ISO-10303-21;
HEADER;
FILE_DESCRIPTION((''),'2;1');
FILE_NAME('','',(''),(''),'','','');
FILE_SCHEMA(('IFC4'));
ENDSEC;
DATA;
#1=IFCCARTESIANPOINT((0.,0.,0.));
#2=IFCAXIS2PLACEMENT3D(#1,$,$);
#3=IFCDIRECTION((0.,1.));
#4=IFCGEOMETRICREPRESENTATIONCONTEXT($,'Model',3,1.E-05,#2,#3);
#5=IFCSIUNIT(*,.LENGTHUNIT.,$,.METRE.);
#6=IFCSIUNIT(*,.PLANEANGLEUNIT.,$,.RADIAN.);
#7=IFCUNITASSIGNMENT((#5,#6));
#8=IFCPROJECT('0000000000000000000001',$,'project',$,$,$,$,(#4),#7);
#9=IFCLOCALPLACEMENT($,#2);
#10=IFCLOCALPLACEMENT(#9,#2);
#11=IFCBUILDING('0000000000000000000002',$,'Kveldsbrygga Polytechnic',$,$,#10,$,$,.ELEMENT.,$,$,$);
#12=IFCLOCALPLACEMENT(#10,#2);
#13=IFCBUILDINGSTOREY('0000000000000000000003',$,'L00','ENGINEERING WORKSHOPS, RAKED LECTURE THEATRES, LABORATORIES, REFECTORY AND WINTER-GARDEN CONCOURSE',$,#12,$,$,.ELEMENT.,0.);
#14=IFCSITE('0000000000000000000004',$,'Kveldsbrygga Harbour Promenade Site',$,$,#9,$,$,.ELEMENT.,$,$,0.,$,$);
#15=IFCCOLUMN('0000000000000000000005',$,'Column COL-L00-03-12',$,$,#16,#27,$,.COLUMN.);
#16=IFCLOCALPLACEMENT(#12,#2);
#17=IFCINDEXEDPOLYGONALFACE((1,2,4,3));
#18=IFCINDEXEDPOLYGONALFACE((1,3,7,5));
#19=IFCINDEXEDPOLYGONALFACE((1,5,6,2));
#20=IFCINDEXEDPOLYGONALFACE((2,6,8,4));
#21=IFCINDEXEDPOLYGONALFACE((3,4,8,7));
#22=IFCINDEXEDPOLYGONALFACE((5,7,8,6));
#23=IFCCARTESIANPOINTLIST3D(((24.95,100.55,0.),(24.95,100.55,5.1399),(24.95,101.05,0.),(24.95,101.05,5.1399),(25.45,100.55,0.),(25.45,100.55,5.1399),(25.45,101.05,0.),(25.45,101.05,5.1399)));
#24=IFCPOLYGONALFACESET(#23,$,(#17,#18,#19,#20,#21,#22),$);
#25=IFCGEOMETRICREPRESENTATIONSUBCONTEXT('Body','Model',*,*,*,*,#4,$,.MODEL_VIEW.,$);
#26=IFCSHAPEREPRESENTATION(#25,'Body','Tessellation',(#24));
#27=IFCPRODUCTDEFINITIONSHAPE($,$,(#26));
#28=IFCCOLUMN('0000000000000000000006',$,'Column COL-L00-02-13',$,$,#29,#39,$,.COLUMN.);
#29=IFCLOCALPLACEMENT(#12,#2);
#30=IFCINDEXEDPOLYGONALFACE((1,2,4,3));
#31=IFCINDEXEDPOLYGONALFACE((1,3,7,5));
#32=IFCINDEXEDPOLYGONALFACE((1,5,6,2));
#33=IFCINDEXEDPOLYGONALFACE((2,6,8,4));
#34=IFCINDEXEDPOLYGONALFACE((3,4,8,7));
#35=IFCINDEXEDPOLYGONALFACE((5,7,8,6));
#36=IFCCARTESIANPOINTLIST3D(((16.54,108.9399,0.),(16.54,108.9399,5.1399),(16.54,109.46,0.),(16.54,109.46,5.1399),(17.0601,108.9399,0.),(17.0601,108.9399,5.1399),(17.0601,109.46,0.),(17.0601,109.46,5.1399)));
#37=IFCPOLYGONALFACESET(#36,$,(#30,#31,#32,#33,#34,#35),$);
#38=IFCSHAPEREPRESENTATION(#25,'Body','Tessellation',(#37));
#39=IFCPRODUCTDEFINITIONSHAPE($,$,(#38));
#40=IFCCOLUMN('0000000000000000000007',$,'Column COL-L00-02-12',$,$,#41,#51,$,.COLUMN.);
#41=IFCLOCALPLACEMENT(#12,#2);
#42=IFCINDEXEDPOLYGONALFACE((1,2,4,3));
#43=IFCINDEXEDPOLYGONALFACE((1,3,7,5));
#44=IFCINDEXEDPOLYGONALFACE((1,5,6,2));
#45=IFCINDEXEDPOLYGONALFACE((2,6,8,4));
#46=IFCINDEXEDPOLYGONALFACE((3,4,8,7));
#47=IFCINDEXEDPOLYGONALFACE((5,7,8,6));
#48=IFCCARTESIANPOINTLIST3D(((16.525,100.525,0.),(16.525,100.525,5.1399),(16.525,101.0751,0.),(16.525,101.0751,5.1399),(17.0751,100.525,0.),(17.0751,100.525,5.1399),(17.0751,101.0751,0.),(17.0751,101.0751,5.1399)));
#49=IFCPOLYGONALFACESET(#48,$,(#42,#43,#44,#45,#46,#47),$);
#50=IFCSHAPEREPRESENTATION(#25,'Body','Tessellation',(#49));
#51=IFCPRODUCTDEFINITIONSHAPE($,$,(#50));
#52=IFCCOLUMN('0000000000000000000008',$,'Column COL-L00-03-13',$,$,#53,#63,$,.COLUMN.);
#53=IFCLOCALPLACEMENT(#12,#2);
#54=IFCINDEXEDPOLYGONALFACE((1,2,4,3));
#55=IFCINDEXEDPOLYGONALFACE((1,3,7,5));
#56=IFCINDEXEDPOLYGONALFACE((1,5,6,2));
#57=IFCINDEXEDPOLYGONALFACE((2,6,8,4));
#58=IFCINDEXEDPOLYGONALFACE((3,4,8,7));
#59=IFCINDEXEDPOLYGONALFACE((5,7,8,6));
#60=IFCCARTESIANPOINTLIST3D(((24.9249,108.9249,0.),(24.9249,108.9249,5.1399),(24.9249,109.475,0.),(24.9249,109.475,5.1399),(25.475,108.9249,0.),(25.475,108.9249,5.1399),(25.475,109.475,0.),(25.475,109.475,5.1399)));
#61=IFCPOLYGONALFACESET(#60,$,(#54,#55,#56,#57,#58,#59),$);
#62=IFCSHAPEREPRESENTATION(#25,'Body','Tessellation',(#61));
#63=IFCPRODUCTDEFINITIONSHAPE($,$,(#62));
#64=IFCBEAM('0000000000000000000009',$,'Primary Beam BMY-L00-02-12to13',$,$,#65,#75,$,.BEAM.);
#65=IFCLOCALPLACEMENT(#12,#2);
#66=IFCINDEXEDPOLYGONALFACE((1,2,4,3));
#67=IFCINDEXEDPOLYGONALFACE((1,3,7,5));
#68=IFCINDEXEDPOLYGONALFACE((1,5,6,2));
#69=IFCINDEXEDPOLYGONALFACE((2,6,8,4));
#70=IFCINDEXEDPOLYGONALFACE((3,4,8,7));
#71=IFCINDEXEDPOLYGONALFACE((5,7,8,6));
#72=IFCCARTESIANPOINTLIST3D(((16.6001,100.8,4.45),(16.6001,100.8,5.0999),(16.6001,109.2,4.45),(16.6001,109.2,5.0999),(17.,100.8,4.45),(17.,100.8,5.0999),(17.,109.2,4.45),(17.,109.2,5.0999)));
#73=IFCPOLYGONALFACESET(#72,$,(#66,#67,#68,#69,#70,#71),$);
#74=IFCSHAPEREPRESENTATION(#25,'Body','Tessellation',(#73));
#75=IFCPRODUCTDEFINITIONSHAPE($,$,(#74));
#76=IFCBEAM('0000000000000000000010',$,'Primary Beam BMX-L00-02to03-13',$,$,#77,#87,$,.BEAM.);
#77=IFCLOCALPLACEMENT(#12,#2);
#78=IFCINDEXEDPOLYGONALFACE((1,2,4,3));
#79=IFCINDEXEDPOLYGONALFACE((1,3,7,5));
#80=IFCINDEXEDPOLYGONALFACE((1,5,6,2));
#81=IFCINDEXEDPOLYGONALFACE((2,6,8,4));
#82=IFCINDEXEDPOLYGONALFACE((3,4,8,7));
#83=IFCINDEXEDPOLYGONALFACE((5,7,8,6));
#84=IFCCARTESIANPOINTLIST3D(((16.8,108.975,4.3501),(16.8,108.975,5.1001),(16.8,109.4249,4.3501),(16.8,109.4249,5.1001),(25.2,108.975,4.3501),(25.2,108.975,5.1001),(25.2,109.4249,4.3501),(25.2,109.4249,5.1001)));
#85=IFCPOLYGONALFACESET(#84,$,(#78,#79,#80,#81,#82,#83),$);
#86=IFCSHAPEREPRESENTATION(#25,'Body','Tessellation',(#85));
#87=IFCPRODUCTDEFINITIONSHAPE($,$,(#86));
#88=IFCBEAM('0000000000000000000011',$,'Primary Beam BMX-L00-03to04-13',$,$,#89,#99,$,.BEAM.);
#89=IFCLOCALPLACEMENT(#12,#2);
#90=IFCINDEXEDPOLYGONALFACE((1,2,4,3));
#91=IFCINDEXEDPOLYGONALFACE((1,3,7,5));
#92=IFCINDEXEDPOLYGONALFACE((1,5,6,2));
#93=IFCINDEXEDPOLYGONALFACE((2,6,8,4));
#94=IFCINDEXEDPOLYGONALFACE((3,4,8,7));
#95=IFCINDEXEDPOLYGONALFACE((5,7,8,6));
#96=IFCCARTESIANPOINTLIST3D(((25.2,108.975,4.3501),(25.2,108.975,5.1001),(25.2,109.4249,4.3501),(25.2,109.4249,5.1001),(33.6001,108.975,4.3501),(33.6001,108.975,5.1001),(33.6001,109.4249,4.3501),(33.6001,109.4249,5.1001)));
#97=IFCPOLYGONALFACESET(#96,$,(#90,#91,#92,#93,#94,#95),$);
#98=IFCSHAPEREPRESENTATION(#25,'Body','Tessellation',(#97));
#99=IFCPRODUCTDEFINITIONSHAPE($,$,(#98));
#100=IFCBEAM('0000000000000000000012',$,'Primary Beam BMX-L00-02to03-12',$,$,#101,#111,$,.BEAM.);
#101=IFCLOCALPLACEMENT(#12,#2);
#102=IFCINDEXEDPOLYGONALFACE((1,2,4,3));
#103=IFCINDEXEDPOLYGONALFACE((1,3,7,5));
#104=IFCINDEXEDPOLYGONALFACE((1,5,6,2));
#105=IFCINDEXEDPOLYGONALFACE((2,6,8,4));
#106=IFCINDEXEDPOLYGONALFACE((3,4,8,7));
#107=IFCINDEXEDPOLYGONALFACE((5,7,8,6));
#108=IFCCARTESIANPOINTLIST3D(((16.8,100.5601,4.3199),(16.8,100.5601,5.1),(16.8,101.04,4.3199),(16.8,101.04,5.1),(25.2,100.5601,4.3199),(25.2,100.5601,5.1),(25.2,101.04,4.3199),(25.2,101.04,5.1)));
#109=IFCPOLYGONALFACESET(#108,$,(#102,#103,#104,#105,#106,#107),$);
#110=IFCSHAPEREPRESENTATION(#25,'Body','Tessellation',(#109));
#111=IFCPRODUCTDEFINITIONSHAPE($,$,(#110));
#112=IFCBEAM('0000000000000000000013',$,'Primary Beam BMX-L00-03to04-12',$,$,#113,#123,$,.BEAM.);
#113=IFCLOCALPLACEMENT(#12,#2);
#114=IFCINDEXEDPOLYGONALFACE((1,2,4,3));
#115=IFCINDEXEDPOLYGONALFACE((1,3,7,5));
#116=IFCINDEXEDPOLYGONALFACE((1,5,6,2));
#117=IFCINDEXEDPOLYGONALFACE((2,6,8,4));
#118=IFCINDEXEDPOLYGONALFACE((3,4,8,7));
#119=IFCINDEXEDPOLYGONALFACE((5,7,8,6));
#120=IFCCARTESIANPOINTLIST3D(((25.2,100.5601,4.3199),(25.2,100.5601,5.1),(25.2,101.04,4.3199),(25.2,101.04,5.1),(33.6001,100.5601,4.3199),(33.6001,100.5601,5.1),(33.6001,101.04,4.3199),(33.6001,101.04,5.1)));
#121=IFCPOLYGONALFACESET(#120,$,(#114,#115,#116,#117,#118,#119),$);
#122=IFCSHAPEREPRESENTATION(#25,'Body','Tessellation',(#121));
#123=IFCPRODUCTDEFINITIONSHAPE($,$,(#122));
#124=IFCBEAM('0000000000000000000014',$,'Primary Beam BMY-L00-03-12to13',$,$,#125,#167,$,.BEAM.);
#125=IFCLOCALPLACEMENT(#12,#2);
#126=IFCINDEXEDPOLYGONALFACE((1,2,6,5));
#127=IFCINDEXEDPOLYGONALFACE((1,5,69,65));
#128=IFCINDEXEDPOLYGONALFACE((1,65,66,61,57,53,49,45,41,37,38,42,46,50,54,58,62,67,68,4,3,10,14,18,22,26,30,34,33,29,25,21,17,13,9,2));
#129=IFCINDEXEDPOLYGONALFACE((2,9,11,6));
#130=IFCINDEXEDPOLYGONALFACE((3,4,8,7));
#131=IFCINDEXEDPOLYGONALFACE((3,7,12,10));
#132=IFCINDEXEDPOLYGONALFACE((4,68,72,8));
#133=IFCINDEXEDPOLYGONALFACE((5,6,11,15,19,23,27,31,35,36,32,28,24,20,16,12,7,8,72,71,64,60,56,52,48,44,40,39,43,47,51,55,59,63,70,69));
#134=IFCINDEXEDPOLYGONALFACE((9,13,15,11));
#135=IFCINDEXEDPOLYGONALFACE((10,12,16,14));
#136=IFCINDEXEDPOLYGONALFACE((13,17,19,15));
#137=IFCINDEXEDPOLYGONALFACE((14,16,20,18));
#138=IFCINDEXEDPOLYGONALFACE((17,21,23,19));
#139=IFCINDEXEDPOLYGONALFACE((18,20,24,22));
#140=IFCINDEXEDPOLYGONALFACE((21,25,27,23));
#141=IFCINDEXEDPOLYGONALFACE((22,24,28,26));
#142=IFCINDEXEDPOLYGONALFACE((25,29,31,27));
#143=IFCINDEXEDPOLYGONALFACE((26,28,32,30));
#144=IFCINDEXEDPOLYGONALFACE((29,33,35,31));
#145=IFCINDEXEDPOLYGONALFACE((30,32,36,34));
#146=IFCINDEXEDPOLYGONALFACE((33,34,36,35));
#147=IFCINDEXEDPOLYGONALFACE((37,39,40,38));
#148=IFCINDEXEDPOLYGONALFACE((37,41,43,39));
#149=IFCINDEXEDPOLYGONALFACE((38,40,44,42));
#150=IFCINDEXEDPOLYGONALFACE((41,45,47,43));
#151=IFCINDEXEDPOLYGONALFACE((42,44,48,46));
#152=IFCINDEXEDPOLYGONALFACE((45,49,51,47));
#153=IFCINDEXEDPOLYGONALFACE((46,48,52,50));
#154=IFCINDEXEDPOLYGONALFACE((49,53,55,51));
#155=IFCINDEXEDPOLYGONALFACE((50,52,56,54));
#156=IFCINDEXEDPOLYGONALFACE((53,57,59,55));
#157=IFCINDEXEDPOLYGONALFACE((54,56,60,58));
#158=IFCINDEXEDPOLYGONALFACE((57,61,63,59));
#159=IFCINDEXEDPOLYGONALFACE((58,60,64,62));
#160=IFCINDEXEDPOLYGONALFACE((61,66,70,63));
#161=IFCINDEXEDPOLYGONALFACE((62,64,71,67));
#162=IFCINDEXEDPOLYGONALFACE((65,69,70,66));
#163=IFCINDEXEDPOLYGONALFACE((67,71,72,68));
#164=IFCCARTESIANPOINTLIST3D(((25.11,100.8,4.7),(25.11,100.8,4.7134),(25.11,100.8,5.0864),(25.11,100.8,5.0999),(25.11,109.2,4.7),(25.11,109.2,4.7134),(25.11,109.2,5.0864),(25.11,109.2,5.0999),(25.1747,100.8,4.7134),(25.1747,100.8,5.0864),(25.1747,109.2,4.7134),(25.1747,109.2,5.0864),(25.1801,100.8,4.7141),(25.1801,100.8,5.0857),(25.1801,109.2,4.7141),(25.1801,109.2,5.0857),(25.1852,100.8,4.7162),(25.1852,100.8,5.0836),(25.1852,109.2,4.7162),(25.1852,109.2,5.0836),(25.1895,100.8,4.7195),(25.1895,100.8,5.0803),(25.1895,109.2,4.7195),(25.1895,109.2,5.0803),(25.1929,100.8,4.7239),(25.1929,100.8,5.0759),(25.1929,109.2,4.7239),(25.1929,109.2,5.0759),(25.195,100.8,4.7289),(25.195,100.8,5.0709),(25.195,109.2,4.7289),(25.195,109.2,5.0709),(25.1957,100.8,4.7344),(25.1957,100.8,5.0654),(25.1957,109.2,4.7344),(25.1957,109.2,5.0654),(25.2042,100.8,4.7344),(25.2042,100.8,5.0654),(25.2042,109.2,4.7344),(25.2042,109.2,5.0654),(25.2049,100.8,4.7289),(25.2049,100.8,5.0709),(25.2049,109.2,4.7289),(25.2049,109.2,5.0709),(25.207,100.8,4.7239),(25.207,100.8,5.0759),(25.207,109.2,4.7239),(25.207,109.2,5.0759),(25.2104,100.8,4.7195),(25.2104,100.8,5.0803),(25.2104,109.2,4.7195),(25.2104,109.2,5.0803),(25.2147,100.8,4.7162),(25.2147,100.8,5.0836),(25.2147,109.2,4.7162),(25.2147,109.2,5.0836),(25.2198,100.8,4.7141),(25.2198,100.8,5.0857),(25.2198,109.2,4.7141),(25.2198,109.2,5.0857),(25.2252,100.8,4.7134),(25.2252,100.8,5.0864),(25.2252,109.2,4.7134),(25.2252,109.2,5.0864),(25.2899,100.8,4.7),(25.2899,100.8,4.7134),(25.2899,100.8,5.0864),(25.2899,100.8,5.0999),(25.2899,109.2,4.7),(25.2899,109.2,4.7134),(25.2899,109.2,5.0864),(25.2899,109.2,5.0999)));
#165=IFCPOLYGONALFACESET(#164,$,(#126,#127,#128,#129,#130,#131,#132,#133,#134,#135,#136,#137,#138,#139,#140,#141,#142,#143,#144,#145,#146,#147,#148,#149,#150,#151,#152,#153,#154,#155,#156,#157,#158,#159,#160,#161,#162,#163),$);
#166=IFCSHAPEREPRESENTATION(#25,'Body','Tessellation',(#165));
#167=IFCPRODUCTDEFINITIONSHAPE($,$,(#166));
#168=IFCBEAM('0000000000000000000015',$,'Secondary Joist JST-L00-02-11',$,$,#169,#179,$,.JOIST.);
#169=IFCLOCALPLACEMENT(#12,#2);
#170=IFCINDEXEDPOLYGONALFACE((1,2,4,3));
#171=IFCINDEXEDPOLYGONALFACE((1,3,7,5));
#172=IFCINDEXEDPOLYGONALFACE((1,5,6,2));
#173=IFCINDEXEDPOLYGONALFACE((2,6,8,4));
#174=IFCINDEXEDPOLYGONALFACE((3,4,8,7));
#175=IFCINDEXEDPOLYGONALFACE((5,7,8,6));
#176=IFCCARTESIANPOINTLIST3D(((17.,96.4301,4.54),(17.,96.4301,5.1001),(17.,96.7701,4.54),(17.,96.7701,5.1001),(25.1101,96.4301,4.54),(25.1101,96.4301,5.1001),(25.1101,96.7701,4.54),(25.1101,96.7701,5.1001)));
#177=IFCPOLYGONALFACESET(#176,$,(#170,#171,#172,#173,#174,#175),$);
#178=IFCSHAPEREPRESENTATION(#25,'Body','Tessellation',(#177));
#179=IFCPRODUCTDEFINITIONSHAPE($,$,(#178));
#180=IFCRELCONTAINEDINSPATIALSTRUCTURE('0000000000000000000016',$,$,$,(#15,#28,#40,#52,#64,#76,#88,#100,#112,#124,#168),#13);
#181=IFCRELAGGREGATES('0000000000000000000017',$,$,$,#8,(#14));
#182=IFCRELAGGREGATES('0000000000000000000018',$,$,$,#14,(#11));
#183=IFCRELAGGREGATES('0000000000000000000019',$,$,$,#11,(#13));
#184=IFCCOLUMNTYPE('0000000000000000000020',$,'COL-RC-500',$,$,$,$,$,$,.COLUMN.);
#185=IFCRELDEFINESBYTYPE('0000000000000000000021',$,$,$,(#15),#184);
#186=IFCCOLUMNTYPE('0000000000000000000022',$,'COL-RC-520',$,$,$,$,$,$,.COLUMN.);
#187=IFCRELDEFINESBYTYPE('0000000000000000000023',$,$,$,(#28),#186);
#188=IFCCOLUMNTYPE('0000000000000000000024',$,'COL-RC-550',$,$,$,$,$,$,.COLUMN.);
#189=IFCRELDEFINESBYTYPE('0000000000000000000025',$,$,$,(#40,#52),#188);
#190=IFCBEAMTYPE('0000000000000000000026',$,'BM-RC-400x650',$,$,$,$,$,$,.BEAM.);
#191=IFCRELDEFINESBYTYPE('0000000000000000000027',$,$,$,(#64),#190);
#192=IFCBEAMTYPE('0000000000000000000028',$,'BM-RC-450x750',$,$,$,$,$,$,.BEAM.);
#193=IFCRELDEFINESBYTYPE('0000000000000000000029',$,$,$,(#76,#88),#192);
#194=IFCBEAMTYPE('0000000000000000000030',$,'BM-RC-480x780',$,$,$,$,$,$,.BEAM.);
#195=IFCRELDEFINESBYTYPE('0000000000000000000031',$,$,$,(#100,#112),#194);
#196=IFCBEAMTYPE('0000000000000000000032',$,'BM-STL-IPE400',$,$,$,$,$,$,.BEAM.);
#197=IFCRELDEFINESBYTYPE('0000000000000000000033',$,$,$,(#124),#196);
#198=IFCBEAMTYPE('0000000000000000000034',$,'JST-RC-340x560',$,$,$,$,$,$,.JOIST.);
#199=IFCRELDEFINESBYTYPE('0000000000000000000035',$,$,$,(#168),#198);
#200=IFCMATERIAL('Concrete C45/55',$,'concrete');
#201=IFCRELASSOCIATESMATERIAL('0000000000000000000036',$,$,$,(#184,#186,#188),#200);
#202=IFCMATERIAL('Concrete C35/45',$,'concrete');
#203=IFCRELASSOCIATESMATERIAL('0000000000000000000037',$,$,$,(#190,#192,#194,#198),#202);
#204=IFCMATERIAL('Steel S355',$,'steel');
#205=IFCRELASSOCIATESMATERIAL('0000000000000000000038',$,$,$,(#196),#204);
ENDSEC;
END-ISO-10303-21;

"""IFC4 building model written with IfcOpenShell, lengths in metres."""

from ifc_helpers import new_model, si_unit, direction, frame, origin, origin_2d, place, context, subcontext, project, spatial, rectangle, i_section, extrude, material, material_profile, profile_set, type_object, element, save


model = new_model("IFC4")

# Units and contexts
model_context = context("Model", 3, precision=1e-05, world=origin(), true_north=direction((0.0, 1.0)))
body_context = subcontext(model_context, "Body", "Model", "MODEL_VIEW")
ifc_project = project(units=[si_unit("LENGTHUNIT", "METRE"), si_unit("PLANEANGLEUNIT", "RADIAN")], contexts=[model_context])

# Site, building, storey
site_placement = place(None, origin())
site = spatial("IfcSite", under=ifc_project, at=site_placement, Name="Kveldsbrygga Harbour Promenade Site", CompositionType="ELEMENT", RefElevation=0.0)
building_placement = place(site_placement, origin())
building = spatial("IfcBuilding", under=site, at=building_placement, Name="Kveldsbrygga Polytechnic", CompositionType="ELEMENT")
storey_placement = place(building_placement, origin())
storey = spatial("IfcBuildingStorey", under=building, at=storey_placement, Name="L00", Description="ENGINEERING WORKSHOPS, RAKED LECTURE THEATRES, LABORATORIES, REFECTORY AND WINTER-GARDEN CONCOURSE", CompositionType="ELEMENT", Elevation=0.0)

# Columns
ifc_material_1 = material(Name="Concrete C45/55", Category="concrete")
ifc_material_profile_1 = material_profile(ifc_material_1, rectangle(XDim=0.5, YDim=0.5, at=origin_2d()), Name="RC 500x500")
ifc_profile_set_1 = profile_set([ifc_material_profile_1], Name="Concrete C45/55")
column_type_1 = type_object("IfcColumnType", Name="COL-RC-500", PredefinedType="COLUMN", material=ifc_profile_set_1)
column_1_placement = place(storey_placement, frame((25.2, 100.8, 0.0), z_axis=(0.0, 0.0, 1.0), x_axis=(1.0, 0.0, 0.0)))
element("IfcColumn", 1, at=column_1_placement, inside=storey, type_object=column_type_1, Name="Column COL-L00-03-12", PredefinedType="COLUMN", context=body_context, shape_type="SweptSolid", body=[
    extrude(rectangle(XDim=0.5, YDim=0.5, at=origin_2d()), origin(), (0.0, 0.0, 1.0), 5.1399),
])
ifc_material_profile_2 = material_profile(ifc_material_1, rectangle(XDim=0.52, YDim=0.52, at=origin_2d()), Name="RC 520x520")
ifc_profile_set_2 = profile_set([ifc_material_profile_2], Name="Concrete C45/55")
column_type_2 = type_object("IfcColumnType", Name="COL-RC-520", PredefinedType="COLUMN", material=ifc_profile_set_2)
column_2_placement = place(storey_placement, frame((16.8, 109.2, 0.0), z_axis=(0.0, 0.0, 1.0), x_axis=(1.0, 0.0, 0.0)))
element("IfcColumn", 2, at=column_2_placement, inside=storey, type_object=column_type_2, Name="Column COL-L00-02-13", PredefinedType="COLUMN", context=body_context, shape_type="SweptSolid", body=[
    extrude(rectangle(XDim=0.52, YDim=0.52, at=origin_2d()), origin(), (0.0, 0.0, 1.0), 5.1399),
])
ifc_material_profile_3 = material_profile(ifc_material_1, rectangle(XDim=0.55, YDim=0.55, at=origin_2d()), Name="RC 550x550")
ifc_profile_set_3 = profile_set([ifc_material_profile_3], Name="Concrete C45/55")
column_type_3 = type_object("IfcColumnType", Name="COL-RC-550", PredefinedType="COLUMN", material=ifc_profile_set_3)
for number, where, z_axis, x_axis, name in (
    (3, (16.8, 100.8, 0.0), (0.0, 0.0, 1.0), (1.0, 0.0, 0.0), "Column COL-L00-02-12"),
    (4, (25.2, 109.2, 0.0), (0.0, 0.0, 1.0), (1.0, 0.0, 0.0), "Column COL-L00-03-13"),
):
    element("IfcColumn", number, at=place(storey_placement, frame(where, z_axis=z_axis, x_axis=x_axis)), inside=storey, type_object=column_type_3, Name=name, PredefinedType="COLUMN", context=body_context, shape_type="SweptSolid", body=[
        extrude(rectangle(XDim=0.55, YDim=0.55, at=origin_2d()), origin(), (0.0, 0.0, 1.0), 5.1399),
    ])

# Beams
ifc_material_2 = material(Name="Concrete C35/45", Category="concrete")
ifc_material_profile_4 = material_profile(ifc_material_2, rectangle(XDim=0.3999, YDim=0.6499, at=origin_2d()), Name="RC 400x650")
ifc_profile_set_4 = profile_set([ifc_material_profile_4], Name="Concrete C35/45")
beam_type_1 = type_object("IfcBeamType", Name="BM-RC-400x650", PredefinedType="BEAM", material=ifc_profile_set_4)
beam_1_placement = place(storey_placement, frame((16.8, 100.8, 4.7749), z_axis=(0.0, 1.0, 0.0), x_axis=(-1.0, 0.0, 0.0)))
element("IfcBeam", 5, at=beam_1_placement, inside=storey, type_object=beam_type_1, Name="Primary Beam BMY-L00-02-12to13", PredefinedType="BEAM", context=body_context, shape_type="SweptSolid", body=[
    extrude(rectangle(XDim=0.3999, YDim=0.6499, at=origin_2d()), origin(), (0.0, 0.0, 1.0), 8.3999),
])
ifc_material_profile_5 = material_profile(ifc_material_2, rectangle(XDim=0.45, YDim=0.75, at=origin_2d()), Name="RC 450x750")
ifc_profile_set_5 = profile_set([ifc_material_profile_5], Name="Concrete C35/45")
beam_type_2 = type_object("IfcBeamType", Name="BM-RC-450x750", PredefinedType="BEAM", material=ifc_profile_set_5)
beam_2_placement = place(storey_placement, frame((16.8, 109.2, 4.7251), z_axis=(1.0, 0.0, 0.0), x_axis=(0.0, 1.0, 0.0)))
element("IfcBeam", 6, at=beam_2_placement, inside=storey, type_object=beam_type_2, Name="Primary Beam BMX-L00-02to03-13", PredefinedType="BEAM", context=body_context, shape_type="SweptSolid", body=[
    extrude(rectangle(XDim=0.45, YDim=0.75, at=origin_2d()), origin(), (0.0, 0.0, 1.0), 8.3999),
])
beam_3_placement = place(storey_placement, frame((25.2, 109.2, 4.7251), z_axis=(1.0, 0.0, 0.0), x_axis=(0.0, 1.0, 0.0)))
element("IfcBeam", 7, at=beam_3_placement, inside=storey, type_object=beam_type_2, Name="Primary Beam BMX-L00-03to04-13", PredefinedType="BEAM", context=body_context, shape_type="SweptSolid", body=[
    extrude(rectangle(XDim=0.45, YDim=0.75, at=origin_2d()), origin(), (0.0, 0.0, 1.0), 8.4001),
])
ifc_material_profile_6 = material_profile(ifc_material_2, rectangle(XDim=0.48, YDim=0.78, at=origin_2d()), Name="RC 480x780")
ifc_profile_set_6 = profile_set([ifc_material_profile_6], Name="Concrete C35/45")
beam_type_3 = type_object("IfcBeamType", Name="BM-RC-480x780", PredefinedType="BEAM", material=ifc_profile_set_6)
beam_4_placement = place(storey_placement, frame((16.8, 100.8, 4.71), z_axis=(1.0, 0.0, 0.0), x_axis=(0.0, 1.0, 0.0)))
element("IfcBeam", 8, at=beam_4_placement, inside=storey, type_object=beam_type_3, Name="Primary Beam BMX-L00-02to03-12", PredefinedType="BEAM", context=body_context, shape_type="SweptSolid", body=[
    extrude(rectangle(XDim=0.48, YDim=0.78, at=origin_2d()), origin(), (0.0, 0.0, 1.0), 8.3999),
])
beam_5_placement = place(storey_placement, frame((25.2, 100.8, 4.71), z_axis=(1.0, 0.0, 0.0), x_axis=(0.0, 1.0, 0.0)))
element("IfcBeam", 9, at=beam_5_placement, inside=storey, type_object=beam_type_3, Name="Primary Beam BMX-L00-03to04-12", PredefinedType="BEAM", context=body_context, shape_type="SweptSolid", body=[
    extrude(rectangle(XDim=0.48, YDim=0.78, at=origin_2d()), origin(), (0.0, 0.0, 1.0), 8.4001),
])
ifc_material_3 = material(Name="Steel S355", Category="steel")
ifc_material_profile_7 = material_profile(ifc_material_3, i_section(OverallWidth=0.1799, OverallDepth=0.3999, WebThickness=0.0085, FlangeThickness=0.0134, FilletRadius=0.021, at=origin_2d()), Name="IPE 400")
ifc_profile_set_7 = profile_set([ifc_material_profile_7], Name="Steel S355")
beam_type_4 = type_object("IfcBeamType", Name="BM-STL-IPE400", PredefinedType="BEAM", material=ifc_profile_set_7)
beam_6_placement = place(storey_placement, frame((25.2, 100.8, 4.8999), z_axis=(0.0, 1.0, 0.0), x_axis=(-1.0, 0.0, 0.0)))
element("IfcBeam", 10, at=beam_6_placement, inside=storey, type_object=beam_type_4, Name="Primary Beam BMY-L00-03-12to13", PredefinedType="BEAM", context=body_context, shape_type="SweptSolid", body=[
    extrude(i_section(OverallWidth=0.1799, OverallDepth=0.3999, WebThickness=0.0085, FlangeThickness=0.0134, FilletRadius=0.021, at=origin_2d()), origin(), (0.0, 0.0, 1.0), 8.3999),
])
ifc_material_profile_8 = material_profile(ifc_material_2, rectangle(XDim=0.3401, YDim=0.5601, at=origin_2d()), Name="RC 340x560")
ifc_profile_set_8 = profile_set([ifc_material_profile_8], Name="Concrete C35/45")
beam_type_5 = type_object("IfcBeamType", Name="JST-RC-340x560", PredefinedType="JOIST", material=ifc_profile_set_8)
beam_7_placement = place(storey_placement, frame((17.0, 96.6001, 4.8201), z_axis=(1.0, 0.0, 0.0), x_axis=(0.0, 1.0, 0.0)))
element("IfcBeam", 11, at=beam_7_placement, inside=storey, type_object=beam_type_5, Name="Secondary Joist JST-L00-02-11", PredefinedType="JOIST", context=body_context, shape_type="SweptSolid", body=[
    extrude(rectangle(XDim=0.3401, YDim=0.5601, at=origin_2d()), origin(), (0.0, 0.0, 1.0), 8.1101),
])

save(model, "model.ifc")
